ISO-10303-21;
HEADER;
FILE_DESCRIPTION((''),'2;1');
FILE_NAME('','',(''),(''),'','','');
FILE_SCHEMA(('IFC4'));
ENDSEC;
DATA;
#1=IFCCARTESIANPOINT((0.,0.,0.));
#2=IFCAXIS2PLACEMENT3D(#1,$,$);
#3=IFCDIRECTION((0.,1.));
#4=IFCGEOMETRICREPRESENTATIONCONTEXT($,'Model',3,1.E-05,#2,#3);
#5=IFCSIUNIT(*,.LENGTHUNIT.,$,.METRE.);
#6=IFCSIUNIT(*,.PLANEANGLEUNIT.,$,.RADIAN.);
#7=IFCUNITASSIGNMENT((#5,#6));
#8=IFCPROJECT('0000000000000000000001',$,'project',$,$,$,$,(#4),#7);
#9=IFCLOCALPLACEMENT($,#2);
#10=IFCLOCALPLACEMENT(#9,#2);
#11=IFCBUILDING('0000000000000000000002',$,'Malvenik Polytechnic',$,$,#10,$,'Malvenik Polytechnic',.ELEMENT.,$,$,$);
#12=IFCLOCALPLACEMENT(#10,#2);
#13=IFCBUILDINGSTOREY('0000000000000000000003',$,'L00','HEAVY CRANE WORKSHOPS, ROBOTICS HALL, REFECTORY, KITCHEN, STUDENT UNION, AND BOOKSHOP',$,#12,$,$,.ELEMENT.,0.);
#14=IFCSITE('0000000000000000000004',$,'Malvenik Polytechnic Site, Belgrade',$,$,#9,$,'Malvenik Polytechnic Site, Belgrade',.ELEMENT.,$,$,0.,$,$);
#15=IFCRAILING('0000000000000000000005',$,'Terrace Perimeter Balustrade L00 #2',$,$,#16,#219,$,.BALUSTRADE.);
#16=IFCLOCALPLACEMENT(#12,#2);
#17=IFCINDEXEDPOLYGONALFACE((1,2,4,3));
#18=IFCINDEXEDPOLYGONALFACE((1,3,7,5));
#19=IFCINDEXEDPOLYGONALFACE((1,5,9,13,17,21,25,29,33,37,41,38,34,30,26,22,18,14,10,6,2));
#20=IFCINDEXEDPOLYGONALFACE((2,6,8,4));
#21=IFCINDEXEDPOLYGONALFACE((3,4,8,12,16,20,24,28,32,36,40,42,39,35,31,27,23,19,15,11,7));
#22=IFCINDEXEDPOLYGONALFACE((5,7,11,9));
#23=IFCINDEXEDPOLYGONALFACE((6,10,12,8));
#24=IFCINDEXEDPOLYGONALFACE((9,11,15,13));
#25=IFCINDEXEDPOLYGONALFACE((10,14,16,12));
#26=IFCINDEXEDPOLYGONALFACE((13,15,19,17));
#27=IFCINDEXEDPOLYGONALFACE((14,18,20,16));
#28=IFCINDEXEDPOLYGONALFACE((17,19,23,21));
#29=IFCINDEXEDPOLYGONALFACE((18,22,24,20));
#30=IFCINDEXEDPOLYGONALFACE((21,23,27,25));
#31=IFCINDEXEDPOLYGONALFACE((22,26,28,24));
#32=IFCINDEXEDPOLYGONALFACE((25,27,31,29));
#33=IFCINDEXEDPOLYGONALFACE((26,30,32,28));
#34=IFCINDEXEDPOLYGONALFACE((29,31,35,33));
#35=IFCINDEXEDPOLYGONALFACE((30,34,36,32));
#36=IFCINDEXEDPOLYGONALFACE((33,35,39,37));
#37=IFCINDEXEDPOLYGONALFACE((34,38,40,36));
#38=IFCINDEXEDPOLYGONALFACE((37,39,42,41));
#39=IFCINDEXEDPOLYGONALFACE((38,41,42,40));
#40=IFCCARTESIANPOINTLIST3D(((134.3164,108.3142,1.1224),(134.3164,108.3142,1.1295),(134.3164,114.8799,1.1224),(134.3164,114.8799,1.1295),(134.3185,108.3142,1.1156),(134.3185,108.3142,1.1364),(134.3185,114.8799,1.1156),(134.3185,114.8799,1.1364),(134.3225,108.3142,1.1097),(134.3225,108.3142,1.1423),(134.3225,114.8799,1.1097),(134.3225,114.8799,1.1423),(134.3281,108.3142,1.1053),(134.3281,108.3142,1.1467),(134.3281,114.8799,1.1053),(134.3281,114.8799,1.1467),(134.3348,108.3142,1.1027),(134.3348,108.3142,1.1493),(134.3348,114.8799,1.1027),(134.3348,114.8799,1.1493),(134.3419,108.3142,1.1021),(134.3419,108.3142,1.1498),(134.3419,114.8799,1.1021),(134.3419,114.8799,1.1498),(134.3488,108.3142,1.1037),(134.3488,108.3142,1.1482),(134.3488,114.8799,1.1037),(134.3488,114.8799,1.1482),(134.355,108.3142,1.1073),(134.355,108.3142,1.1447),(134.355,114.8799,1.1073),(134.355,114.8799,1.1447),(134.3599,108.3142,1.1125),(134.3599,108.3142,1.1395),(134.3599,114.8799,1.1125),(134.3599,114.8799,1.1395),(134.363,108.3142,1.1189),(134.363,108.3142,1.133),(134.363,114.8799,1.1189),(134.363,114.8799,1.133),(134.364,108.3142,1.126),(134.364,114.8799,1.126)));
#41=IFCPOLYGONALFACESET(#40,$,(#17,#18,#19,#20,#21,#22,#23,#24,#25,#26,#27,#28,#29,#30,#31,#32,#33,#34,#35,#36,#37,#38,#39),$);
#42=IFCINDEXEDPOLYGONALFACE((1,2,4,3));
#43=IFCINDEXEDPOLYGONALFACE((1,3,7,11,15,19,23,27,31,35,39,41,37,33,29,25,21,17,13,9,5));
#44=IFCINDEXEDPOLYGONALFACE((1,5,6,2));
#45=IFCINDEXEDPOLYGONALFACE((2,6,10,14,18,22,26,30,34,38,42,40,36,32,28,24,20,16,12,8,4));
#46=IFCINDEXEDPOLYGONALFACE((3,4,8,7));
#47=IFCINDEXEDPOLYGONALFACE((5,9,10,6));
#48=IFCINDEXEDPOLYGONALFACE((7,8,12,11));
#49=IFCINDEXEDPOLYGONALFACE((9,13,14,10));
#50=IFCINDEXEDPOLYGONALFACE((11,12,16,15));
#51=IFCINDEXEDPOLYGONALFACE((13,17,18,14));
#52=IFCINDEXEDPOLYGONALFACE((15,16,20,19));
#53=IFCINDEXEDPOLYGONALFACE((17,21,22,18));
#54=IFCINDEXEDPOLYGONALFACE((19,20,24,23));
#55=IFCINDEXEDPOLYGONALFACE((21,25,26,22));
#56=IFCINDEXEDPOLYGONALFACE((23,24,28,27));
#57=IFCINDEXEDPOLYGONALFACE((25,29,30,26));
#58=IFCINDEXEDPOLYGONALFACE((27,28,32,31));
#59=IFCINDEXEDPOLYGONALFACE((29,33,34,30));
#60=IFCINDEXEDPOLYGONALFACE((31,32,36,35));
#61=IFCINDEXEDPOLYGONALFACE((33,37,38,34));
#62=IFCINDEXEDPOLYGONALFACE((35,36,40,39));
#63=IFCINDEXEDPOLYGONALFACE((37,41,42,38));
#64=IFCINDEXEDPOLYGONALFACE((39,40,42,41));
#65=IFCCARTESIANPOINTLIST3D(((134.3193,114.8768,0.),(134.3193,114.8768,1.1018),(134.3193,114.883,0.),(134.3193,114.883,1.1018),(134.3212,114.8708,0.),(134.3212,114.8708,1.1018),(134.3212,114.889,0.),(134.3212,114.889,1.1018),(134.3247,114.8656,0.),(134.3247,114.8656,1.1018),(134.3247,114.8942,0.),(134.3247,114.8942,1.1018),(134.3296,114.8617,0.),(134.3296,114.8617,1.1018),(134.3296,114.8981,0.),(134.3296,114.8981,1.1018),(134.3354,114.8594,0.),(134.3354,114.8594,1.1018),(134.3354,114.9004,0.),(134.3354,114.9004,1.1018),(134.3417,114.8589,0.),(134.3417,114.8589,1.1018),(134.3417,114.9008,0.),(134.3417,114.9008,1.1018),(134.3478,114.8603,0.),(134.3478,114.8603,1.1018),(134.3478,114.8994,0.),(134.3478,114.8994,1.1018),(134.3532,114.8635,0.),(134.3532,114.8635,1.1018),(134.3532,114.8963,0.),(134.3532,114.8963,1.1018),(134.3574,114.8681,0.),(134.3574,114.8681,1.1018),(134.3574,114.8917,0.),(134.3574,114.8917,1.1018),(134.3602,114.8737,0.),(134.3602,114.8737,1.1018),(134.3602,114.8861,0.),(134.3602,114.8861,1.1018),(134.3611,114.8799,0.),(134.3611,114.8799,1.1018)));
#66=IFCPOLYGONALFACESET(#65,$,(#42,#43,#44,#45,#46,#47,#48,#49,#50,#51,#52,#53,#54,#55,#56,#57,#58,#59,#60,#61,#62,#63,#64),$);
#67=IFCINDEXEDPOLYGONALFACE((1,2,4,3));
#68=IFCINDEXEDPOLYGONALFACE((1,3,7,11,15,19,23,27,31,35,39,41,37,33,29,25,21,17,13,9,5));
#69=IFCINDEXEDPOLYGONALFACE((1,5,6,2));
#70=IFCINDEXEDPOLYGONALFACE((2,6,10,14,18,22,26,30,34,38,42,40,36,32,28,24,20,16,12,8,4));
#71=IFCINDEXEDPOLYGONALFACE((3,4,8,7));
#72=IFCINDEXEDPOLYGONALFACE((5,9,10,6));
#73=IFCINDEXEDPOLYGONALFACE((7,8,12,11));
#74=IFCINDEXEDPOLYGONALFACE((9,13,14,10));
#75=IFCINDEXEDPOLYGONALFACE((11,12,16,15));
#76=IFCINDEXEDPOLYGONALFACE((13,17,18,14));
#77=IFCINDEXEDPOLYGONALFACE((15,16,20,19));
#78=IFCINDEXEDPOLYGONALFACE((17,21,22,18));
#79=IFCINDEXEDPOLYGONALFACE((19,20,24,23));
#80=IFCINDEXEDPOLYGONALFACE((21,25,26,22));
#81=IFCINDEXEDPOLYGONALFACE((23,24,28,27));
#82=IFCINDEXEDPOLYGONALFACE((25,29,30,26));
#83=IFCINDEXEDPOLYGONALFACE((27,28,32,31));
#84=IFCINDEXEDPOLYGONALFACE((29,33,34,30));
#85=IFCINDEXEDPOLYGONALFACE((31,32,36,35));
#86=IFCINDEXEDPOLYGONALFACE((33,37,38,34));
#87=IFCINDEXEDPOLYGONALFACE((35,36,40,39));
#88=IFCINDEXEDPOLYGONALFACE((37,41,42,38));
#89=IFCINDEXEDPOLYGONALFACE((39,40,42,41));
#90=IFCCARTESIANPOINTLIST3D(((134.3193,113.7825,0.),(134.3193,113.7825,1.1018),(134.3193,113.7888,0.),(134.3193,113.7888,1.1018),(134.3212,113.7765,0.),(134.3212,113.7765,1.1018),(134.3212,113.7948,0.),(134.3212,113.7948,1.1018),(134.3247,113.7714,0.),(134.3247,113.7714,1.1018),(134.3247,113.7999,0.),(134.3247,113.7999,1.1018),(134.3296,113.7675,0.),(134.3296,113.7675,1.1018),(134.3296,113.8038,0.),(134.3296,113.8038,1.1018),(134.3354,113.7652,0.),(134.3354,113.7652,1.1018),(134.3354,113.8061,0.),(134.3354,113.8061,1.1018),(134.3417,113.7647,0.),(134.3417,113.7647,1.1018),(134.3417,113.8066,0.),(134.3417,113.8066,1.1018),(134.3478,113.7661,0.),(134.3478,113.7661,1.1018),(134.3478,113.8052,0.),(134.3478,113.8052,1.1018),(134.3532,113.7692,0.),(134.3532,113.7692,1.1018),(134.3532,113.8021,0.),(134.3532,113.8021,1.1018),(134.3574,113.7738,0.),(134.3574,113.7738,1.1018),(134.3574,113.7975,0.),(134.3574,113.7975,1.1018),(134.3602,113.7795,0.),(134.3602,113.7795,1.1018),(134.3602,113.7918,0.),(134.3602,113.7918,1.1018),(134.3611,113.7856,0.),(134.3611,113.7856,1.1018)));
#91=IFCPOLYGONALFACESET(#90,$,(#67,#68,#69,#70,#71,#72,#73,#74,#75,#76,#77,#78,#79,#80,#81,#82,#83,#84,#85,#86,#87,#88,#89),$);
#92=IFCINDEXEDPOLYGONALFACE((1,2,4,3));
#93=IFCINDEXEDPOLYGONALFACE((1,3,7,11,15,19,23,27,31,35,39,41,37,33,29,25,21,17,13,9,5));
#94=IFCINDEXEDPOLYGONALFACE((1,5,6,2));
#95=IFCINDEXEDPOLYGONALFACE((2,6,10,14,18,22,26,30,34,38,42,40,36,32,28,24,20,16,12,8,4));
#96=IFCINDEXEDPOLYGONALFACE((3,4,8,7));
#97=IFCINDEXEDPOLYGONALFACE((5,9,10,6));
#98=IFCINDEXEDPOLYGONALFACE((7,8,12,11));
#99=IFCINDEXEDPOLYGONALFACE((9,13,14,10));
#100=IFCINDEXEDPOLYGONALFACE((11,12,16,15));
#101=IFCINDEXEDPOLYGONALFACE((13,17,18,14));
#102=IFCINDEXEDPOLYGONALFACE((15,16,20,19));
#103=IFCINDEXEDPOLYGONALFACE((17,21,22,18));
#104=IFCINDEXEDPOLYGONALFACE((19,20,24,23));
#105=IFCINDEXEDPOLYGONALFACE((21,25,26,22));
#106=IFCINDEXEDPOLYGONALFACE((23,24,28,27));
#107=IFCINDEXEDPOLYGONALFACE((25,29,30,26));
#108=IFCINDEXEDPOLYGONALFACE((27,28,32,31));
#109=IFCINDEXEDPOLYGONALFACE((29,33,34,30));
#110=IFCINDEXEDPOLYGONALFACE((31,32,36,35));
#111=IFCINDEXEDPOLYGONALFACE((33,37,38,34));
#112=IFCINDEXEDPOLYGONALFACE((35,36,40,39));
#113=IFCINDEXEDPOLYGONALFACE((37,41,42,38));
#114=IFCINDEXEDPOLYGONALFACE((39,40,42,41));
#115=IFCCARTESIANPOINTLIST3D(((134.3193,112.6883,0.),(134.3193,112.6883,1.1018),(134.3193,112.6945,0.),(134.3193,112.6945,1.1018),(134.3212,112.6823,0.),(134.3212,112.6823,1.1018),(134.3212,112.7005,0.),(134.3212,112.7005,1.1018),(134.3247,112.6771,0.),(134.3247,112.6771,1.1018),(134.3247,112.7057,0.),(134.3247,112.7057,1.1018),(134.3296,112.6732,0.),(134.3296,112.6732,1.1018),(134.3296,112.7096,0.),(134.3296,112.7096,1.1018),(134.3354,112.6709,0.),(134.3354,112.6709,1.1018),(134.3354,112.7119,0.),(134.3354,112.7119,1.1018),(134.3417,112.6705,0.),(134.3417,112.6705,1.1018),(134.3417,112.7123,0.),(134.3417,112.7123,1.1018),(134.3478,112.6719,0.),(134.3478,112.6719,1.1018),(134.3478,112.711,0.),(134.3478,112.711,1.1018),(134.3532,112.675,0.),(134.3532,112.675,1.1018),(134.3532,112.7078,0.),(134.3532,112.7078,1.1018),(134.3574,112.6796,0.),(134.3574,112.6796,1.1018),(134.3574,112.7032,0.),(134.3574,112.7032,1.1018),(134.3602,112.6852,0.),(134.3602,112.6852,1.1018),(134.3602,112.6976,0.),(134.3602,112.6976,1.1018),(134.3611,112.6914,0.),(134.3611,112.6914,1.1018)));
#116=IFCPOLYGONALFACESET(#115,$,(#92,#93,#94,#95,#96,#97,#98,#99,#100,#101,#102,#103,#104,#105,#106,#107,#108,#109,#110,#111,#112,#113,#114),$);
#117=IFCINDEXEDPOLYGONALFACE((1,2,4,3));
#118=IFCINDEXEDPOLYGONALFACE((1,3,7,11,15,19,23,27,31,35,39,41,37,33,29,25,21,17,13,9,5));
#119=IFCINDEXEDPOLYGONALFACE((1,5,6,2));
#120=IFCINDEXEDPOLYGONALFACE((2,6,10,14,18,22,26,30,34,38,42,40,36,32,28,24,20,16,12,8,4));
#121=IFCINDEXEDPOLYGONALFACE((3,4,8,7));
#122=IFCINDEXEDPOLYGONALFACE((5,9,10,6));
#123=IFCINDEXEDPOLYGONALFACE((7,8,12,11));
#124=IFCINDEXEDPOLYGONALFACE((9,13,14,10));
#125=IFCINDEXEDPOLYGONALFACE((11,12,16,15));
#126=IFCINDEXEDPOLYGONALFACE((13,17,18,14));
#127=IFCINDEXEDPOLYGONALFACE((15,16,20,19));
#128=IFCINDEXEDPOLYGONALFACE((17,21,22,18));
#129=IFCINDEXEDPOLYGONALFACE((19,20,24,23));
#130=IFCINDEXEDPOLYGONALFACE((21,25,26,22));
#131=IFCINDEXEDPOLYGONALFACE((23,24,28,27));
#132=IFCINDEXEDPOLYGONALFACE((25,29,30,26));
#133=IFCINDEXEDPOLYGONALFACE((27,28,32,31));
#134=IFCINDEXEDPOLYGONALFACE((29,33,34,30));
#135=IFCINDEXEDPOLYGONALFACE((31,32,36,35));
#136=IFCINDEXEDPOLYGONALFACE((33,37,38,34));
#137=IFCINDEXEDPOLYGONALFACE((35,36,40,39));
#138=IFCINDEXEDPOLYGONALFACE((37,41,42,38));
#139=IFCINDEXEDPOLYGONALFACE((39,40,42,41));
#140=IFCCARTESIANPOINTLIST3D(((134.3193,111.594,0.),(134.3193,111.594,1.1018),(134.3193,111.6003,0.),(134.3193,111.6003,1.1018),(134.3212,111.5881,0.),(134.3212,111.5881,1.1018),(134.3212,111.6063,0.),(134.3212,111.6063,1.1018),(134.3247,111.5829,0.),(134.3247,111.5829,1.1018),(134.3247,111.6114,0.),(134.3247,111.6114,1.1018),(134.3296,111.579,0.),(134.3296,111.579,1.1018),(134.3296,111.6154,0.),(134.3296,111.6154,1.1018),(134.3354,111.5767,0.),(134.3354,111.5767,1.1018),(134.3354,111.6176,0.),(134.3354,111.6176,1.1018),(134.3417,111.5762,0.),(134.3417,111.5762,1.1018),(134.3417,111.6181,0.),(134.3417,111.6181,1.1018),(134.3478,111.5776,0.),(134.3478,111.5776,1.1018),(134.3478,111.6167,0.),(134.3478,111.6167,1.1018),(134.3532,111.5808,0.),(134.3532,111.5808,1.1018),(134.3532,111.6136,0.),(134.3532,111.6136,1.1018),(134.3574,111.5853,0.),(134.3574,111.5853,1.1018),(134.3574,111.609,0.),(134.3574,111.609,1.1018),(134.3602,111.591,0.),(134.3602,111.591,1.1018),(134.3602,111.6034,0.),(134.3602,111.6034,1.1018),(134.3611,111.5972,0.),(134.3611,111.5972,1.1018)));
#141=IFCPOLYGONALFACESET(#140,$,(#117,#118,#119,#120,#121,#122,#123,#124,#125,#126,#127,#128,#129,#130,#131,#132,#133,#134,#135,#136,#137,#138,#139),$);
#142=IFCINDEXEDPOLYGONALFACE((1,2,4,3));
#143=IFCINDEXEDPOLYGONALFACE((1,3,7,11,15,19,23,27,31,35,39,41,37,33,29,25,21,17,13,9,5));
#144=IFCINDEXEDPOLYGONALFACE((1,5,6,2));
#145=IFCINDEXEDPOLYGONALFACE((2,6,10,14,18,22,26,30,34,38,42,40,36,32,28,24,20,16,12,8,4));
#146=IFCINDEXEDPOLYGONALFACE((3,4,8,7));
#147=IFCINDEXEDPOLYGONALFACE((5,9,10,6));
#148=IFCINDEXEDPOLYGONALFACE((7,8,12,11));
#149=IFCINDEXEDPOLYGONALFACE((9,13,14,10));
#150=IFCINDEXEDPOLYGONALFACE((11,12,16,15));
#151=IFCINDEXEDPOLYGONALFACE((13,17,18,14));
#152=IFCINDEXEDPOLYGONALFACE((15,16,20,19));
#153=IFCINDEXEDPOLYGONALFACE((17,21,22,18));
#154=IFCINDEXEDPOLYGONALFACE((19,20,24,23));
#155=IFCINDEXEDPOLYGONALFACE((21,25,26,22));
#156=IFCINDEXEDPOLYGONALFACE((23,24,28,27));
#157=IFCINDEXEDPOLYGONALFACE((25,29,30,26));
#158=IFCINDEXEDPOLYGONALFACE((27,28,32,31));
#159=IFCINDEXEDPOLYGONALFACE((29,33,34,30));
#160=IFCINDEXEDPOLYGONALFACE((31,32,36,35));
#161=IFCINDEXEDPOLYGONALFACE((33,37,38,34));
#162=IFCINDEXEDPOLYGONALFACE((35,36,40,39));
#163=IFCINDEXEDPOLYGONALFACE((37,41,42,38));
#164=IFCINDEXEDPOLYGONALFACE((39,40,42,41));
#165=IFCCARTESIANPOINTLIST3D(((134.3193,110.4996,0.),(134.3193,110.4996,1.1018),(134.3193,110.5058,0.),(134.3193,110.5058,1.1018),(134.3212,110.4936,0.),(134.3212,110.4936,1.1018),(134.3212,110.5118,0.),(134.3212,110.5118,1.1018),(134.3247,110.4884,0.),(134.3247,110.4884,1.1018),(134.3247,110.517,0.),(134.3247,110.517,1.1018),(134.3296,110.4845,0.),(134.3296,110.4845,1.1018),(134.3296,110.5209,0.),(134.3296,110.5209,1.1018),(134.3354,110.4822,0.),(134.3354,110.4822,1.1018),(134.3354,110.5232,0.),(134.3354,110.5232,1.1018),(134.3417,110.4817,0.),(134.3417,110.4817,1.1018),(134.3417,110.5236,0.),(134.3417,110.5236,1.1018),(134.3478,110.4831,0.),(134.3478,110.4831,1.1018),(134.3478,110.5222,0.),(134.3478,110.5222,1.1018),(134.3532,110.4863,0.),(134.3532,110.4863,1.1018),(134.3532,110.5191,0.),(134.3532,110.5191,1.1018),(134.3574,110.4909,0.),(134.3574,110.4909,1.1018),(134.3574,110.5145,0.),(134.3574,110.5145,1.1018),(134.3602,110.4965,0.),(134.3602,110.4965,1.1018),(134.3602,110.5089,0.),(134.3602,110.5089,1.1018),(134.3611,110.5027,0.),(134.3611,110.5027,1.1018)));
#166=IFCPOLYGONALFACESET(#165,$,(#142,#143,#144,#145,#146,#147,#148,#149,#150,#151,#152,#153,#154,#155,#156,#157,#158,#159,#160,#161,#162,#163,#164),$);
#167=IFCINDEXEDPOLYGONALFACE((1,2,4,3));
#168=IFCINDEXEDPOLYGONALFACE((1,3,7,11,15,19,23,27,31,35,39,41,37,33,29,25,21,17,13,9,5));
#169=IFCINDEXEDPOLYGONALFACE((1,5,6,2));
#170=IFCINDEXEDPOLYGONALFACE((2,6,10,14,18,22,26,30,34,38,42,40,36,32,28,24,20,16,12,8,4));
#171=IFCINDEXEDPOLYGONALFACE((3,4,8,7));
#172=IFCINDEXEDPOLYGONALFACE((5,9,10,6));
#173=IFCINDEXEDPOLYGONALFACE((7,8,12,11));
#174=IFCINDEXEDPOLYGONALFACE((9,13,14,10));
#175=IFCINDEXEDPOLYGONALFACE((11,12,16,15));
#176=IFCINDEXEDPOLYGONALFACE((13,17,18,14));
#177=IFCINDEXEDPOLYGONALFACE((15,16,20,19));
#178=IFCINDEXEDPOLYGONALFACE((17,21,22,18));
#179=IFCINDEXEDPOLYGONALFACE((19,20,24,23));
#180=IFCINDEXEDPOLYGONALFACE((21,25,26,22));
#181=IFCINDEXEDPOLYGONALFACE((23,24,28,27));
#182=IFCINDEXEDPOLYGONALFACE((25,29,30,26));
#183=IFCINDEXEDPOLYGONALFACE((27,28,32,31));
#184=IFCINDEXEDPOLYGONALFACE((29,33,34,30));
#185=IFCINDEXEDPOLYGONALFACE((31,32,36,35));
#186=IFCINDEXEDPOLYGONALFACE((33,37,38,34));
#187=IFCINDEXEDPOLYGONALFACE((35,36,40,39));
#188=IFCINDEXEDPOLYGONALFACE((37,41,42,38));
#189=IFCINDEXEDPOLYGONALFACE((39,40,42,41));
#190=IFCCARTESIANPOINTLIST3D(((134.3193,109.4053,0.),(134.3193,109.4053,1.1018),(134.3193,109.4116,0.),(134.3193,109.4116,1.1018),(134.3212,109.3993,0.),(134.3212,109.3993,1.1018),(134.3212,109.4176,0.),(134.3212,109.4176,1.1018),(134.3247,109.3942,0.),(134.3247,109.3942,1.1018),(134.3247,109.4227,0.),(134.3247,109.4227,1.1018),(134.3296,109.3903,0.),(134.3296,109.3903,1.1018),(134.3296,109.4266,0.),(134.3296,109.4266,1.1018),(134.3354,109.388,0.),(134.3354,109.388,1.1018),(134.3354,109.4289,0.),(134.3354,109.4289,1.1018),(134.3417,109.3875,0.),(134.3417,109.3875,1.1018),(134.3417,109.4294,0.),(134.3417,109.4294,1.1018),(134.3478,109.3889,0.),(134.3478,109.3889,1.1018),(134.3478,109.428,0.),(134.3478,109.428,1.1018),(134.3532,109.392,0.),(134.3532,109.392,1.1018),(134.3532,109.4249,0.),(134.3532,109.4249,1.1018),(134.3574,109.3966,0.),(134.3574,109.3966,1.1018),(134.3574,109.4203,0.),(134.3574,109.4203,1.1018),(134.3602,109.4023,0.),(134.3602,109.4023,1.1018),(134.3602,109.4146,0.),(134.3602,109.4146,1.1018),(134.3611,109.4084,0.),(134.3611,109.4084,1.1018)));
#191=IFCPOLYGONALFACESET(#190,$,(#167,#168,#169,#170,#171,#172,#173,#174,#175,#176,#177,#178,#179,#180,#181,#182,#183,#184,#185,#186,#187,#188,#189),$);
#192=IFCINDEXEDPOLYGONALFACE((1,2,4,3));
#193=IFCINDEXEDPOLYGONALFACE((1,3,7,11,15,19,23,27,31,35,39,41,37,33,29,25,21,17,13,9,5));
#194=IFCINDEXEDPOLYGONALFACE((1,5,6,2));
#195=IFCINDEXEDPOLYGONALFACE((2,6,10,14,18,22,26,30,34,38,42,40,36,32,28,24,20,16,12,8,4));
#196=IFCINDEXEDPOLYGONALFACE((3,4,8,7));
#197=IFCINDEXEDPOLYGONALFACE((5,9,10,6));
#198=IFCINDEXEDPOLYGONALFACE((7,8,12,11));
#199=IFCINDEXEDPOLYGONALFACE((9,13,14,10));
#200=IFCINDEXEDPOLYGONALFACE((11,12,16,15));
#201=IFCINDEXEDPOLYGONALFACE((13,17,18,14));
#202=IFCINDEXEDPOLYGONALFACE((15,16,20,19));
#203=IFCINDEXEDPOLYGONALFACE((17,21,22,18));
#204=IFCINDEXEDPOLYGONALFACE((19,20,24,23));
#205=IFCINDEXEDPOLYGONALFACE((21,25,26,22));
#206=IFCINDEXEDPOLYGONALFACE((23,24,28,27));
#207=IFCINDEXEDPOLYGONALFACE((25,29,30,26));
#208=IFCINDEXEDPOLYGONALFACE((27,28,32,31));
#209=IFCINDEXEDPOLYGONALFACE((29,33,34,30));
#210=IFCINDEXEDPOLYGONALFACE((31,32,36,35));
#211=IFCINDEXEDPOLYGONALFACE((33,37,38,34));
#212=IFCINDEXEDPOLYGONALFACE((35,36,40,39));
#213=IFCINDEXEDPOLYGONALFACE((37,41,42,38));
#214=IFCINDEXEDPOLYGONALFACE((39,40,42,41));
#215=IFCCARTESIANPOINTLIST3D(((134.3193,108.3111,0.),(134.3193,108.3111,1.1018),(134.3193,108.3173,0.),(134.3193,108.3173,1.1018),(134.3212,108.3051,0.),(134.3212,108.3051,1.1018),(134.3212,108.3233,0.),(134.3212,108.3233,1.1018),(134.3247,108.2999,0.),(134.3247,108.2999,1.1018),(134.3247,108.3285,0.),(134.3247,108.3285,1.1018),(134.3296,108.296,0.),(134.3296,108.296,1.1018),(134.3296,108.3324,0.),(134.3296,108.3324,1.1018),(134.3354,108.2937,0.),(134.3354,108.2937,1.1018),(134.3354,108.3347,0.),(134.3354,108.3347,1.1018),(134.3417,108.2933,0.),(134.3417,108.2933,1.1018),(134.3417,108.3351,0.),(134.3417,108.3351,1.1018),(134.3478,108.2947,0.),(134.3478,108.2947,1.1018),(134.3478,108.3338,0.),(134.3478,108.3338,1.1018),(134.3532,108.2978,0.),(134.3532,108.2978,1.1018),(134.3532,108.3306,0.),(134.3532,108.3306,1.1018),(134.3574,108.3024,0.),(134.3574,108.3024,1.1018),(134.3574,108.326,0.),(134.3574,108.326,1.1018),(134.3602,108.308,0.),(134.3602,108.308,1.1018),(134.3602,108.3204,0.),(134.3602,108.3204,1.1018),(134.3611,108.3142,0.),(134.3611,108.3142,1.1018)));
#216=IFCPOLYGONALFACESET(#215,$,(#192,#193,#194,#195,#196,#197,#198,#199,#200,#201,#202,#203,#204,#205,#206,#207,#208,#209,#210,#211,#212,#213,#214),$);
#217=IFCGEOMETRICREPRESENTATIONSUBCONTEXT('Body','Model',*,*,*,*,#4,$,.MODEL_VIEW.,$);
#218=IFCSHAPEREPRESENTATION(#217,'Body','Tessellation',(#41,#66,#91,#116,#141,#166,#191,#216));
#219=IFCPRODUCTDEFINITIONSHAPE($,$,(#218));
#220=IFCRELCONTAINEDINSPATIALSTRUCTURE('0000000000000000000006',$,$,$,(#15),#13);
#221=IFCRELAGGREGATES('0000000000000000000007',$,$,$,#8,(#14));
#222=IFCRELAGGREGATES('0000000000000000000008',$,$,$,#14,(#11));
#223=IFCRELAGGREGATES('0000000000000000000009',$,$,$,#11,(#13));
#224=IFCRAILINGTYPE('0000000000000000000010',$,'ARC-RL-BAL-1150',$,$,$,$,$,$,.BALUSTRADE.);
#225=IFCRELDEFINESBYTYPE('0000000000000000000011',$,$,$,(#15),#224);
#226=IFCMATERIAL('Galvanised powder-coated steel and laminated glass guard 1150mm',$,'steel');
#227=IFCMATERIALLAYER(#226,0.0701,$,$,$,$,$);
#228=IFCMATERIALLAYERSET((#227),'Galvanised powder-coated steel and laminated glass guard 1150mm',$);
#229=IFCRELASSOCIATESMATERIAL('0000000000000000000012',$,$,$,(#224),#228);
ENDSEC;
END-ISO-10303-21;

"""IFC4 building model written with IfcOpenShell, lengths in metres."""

from ifc_helpers import new_model, si_unit, direction, frame, origin, origin_2d, place, context, subcontext, project, spatial, circle, extrude, material, layer, layer_set, type_object, element, save


model = new_model("IFC4")

# Units and contexts
model_context = context("Model", 3, precision=1e-05, world=origin(), true_north=direction((0.0, 1.0)))
body_context = subcontext(model_context, "Body", "Model", "MODEL_VIEW")
ifc_project = project(units=[si_unit("LENGTHUNIT", "METRE"), si_unit("PLANEANGLEUNIT", "RADIAN")], contexts=[model_context])

# Site, building, storey
site_placement = place(None, origin())
site = spatial("IfcSite", under=ifc_project, at=site_placement, Name="Malvenik Polytechnic Site, Belgrade", LongName="Malvenik Polytechnic Site, Belgrade", CompositionType="ELEMENT", RefElevation=0.0)
building_placement = place(site_placement, origin())
building = spatial("IfcBuilding", under=site, at=building_placement, Name="Malvenik Polytechnic", LongName="Malvenik Polytechnic", CompositionType="ELEMENT")
storey_placement = place(building_placement, origin())
storey = spatial("IfcBuildingStorey", under=building, at=storey_placement, Name="L00", Description="HEAVY CRANE WORKSHOPS, ROBOTICS HALL, REFECTORY, KITCHEN, STUDENT UNION, AND BOOKSHOP", CompositionType="ELEMENT", Elevation=0.0)

# Railing
ifc_material_1 = material(Name="Galvanised powder-coated steel and laminated glass guard 1150mm", Category="steel")
ifc_layer_1 = layer(ifc_material_1, 0.0701)
ifc_layer_set_1 = layer_set([ifc_layer_1], Name="Galvanised powder-coated steel and laminated glass guard 1150mm")
railing_type = type_object("IfcRailingType", Name="ARC-RL-BAL-1150", PredefinedType="BALUSTRADE", material=ifc_layer_set_1)
railing_placement = place(storey_placement, frame((134.3401, 114.8799, 0.0)))
element("IfcRailing", 1, at=railing_placement, inside=storey, type_object=railing_type, Name="Terrace Perimeter Balustrade L00 #2", PredefinedType="BALUSTRADE", context=body_context, shape_type="SweptSolid", body=[
    extrude(circle(Radius=0.0239, at=origin_2d()), frame((0.0, 0.0, 1.126), z_axis=(0.0, -1.0, 0.0), x_axis=(1.0, 0.0, 0.0)), (0.0, 0.0, 1.0), 6.5657),
    extrude(circle(Radius=0.021, at=origin_2d()), origin(), (0.0, 0.0, 1.0), 1.1018),
    extrude(circle(Radius=0.021, at=origin_2d()), frame((0.0, -1.0942, 0.0)), (0.0, 0.0, 1.0), 1.1018),
    extrude(circle(Radius=0.021, at=origin_2d()), frame((0.0, -2.1885, 0.0)), (0.0, 0.0, 1.0), 1.1018),
    extrude(circle(Radius=0.021, at=origin_2d()), frame((0.0, -3.2827, 0.0)), (0.0, 0.0, 1.0), 1.1018),
    extrude(circle(Radius=0.021, at=origin_2d()), frame((0.0, -4.3772, 0.0)), (0.0, 0.0, 1.0), 1.1018),
    extrude(circle(Radius=0.021, at=origin_2d()), frame((0.0, -5.4714, 0.0)), (0.0, 0.0, 1.0), 1.1018),
    extrude(circle(Radius=0.021, at=origin_2d()), frame((0.0, -6.5657, 0.0)), (0.0, 0.0, 1.0), 1.1018),
])

save(model, "model.ifc")
